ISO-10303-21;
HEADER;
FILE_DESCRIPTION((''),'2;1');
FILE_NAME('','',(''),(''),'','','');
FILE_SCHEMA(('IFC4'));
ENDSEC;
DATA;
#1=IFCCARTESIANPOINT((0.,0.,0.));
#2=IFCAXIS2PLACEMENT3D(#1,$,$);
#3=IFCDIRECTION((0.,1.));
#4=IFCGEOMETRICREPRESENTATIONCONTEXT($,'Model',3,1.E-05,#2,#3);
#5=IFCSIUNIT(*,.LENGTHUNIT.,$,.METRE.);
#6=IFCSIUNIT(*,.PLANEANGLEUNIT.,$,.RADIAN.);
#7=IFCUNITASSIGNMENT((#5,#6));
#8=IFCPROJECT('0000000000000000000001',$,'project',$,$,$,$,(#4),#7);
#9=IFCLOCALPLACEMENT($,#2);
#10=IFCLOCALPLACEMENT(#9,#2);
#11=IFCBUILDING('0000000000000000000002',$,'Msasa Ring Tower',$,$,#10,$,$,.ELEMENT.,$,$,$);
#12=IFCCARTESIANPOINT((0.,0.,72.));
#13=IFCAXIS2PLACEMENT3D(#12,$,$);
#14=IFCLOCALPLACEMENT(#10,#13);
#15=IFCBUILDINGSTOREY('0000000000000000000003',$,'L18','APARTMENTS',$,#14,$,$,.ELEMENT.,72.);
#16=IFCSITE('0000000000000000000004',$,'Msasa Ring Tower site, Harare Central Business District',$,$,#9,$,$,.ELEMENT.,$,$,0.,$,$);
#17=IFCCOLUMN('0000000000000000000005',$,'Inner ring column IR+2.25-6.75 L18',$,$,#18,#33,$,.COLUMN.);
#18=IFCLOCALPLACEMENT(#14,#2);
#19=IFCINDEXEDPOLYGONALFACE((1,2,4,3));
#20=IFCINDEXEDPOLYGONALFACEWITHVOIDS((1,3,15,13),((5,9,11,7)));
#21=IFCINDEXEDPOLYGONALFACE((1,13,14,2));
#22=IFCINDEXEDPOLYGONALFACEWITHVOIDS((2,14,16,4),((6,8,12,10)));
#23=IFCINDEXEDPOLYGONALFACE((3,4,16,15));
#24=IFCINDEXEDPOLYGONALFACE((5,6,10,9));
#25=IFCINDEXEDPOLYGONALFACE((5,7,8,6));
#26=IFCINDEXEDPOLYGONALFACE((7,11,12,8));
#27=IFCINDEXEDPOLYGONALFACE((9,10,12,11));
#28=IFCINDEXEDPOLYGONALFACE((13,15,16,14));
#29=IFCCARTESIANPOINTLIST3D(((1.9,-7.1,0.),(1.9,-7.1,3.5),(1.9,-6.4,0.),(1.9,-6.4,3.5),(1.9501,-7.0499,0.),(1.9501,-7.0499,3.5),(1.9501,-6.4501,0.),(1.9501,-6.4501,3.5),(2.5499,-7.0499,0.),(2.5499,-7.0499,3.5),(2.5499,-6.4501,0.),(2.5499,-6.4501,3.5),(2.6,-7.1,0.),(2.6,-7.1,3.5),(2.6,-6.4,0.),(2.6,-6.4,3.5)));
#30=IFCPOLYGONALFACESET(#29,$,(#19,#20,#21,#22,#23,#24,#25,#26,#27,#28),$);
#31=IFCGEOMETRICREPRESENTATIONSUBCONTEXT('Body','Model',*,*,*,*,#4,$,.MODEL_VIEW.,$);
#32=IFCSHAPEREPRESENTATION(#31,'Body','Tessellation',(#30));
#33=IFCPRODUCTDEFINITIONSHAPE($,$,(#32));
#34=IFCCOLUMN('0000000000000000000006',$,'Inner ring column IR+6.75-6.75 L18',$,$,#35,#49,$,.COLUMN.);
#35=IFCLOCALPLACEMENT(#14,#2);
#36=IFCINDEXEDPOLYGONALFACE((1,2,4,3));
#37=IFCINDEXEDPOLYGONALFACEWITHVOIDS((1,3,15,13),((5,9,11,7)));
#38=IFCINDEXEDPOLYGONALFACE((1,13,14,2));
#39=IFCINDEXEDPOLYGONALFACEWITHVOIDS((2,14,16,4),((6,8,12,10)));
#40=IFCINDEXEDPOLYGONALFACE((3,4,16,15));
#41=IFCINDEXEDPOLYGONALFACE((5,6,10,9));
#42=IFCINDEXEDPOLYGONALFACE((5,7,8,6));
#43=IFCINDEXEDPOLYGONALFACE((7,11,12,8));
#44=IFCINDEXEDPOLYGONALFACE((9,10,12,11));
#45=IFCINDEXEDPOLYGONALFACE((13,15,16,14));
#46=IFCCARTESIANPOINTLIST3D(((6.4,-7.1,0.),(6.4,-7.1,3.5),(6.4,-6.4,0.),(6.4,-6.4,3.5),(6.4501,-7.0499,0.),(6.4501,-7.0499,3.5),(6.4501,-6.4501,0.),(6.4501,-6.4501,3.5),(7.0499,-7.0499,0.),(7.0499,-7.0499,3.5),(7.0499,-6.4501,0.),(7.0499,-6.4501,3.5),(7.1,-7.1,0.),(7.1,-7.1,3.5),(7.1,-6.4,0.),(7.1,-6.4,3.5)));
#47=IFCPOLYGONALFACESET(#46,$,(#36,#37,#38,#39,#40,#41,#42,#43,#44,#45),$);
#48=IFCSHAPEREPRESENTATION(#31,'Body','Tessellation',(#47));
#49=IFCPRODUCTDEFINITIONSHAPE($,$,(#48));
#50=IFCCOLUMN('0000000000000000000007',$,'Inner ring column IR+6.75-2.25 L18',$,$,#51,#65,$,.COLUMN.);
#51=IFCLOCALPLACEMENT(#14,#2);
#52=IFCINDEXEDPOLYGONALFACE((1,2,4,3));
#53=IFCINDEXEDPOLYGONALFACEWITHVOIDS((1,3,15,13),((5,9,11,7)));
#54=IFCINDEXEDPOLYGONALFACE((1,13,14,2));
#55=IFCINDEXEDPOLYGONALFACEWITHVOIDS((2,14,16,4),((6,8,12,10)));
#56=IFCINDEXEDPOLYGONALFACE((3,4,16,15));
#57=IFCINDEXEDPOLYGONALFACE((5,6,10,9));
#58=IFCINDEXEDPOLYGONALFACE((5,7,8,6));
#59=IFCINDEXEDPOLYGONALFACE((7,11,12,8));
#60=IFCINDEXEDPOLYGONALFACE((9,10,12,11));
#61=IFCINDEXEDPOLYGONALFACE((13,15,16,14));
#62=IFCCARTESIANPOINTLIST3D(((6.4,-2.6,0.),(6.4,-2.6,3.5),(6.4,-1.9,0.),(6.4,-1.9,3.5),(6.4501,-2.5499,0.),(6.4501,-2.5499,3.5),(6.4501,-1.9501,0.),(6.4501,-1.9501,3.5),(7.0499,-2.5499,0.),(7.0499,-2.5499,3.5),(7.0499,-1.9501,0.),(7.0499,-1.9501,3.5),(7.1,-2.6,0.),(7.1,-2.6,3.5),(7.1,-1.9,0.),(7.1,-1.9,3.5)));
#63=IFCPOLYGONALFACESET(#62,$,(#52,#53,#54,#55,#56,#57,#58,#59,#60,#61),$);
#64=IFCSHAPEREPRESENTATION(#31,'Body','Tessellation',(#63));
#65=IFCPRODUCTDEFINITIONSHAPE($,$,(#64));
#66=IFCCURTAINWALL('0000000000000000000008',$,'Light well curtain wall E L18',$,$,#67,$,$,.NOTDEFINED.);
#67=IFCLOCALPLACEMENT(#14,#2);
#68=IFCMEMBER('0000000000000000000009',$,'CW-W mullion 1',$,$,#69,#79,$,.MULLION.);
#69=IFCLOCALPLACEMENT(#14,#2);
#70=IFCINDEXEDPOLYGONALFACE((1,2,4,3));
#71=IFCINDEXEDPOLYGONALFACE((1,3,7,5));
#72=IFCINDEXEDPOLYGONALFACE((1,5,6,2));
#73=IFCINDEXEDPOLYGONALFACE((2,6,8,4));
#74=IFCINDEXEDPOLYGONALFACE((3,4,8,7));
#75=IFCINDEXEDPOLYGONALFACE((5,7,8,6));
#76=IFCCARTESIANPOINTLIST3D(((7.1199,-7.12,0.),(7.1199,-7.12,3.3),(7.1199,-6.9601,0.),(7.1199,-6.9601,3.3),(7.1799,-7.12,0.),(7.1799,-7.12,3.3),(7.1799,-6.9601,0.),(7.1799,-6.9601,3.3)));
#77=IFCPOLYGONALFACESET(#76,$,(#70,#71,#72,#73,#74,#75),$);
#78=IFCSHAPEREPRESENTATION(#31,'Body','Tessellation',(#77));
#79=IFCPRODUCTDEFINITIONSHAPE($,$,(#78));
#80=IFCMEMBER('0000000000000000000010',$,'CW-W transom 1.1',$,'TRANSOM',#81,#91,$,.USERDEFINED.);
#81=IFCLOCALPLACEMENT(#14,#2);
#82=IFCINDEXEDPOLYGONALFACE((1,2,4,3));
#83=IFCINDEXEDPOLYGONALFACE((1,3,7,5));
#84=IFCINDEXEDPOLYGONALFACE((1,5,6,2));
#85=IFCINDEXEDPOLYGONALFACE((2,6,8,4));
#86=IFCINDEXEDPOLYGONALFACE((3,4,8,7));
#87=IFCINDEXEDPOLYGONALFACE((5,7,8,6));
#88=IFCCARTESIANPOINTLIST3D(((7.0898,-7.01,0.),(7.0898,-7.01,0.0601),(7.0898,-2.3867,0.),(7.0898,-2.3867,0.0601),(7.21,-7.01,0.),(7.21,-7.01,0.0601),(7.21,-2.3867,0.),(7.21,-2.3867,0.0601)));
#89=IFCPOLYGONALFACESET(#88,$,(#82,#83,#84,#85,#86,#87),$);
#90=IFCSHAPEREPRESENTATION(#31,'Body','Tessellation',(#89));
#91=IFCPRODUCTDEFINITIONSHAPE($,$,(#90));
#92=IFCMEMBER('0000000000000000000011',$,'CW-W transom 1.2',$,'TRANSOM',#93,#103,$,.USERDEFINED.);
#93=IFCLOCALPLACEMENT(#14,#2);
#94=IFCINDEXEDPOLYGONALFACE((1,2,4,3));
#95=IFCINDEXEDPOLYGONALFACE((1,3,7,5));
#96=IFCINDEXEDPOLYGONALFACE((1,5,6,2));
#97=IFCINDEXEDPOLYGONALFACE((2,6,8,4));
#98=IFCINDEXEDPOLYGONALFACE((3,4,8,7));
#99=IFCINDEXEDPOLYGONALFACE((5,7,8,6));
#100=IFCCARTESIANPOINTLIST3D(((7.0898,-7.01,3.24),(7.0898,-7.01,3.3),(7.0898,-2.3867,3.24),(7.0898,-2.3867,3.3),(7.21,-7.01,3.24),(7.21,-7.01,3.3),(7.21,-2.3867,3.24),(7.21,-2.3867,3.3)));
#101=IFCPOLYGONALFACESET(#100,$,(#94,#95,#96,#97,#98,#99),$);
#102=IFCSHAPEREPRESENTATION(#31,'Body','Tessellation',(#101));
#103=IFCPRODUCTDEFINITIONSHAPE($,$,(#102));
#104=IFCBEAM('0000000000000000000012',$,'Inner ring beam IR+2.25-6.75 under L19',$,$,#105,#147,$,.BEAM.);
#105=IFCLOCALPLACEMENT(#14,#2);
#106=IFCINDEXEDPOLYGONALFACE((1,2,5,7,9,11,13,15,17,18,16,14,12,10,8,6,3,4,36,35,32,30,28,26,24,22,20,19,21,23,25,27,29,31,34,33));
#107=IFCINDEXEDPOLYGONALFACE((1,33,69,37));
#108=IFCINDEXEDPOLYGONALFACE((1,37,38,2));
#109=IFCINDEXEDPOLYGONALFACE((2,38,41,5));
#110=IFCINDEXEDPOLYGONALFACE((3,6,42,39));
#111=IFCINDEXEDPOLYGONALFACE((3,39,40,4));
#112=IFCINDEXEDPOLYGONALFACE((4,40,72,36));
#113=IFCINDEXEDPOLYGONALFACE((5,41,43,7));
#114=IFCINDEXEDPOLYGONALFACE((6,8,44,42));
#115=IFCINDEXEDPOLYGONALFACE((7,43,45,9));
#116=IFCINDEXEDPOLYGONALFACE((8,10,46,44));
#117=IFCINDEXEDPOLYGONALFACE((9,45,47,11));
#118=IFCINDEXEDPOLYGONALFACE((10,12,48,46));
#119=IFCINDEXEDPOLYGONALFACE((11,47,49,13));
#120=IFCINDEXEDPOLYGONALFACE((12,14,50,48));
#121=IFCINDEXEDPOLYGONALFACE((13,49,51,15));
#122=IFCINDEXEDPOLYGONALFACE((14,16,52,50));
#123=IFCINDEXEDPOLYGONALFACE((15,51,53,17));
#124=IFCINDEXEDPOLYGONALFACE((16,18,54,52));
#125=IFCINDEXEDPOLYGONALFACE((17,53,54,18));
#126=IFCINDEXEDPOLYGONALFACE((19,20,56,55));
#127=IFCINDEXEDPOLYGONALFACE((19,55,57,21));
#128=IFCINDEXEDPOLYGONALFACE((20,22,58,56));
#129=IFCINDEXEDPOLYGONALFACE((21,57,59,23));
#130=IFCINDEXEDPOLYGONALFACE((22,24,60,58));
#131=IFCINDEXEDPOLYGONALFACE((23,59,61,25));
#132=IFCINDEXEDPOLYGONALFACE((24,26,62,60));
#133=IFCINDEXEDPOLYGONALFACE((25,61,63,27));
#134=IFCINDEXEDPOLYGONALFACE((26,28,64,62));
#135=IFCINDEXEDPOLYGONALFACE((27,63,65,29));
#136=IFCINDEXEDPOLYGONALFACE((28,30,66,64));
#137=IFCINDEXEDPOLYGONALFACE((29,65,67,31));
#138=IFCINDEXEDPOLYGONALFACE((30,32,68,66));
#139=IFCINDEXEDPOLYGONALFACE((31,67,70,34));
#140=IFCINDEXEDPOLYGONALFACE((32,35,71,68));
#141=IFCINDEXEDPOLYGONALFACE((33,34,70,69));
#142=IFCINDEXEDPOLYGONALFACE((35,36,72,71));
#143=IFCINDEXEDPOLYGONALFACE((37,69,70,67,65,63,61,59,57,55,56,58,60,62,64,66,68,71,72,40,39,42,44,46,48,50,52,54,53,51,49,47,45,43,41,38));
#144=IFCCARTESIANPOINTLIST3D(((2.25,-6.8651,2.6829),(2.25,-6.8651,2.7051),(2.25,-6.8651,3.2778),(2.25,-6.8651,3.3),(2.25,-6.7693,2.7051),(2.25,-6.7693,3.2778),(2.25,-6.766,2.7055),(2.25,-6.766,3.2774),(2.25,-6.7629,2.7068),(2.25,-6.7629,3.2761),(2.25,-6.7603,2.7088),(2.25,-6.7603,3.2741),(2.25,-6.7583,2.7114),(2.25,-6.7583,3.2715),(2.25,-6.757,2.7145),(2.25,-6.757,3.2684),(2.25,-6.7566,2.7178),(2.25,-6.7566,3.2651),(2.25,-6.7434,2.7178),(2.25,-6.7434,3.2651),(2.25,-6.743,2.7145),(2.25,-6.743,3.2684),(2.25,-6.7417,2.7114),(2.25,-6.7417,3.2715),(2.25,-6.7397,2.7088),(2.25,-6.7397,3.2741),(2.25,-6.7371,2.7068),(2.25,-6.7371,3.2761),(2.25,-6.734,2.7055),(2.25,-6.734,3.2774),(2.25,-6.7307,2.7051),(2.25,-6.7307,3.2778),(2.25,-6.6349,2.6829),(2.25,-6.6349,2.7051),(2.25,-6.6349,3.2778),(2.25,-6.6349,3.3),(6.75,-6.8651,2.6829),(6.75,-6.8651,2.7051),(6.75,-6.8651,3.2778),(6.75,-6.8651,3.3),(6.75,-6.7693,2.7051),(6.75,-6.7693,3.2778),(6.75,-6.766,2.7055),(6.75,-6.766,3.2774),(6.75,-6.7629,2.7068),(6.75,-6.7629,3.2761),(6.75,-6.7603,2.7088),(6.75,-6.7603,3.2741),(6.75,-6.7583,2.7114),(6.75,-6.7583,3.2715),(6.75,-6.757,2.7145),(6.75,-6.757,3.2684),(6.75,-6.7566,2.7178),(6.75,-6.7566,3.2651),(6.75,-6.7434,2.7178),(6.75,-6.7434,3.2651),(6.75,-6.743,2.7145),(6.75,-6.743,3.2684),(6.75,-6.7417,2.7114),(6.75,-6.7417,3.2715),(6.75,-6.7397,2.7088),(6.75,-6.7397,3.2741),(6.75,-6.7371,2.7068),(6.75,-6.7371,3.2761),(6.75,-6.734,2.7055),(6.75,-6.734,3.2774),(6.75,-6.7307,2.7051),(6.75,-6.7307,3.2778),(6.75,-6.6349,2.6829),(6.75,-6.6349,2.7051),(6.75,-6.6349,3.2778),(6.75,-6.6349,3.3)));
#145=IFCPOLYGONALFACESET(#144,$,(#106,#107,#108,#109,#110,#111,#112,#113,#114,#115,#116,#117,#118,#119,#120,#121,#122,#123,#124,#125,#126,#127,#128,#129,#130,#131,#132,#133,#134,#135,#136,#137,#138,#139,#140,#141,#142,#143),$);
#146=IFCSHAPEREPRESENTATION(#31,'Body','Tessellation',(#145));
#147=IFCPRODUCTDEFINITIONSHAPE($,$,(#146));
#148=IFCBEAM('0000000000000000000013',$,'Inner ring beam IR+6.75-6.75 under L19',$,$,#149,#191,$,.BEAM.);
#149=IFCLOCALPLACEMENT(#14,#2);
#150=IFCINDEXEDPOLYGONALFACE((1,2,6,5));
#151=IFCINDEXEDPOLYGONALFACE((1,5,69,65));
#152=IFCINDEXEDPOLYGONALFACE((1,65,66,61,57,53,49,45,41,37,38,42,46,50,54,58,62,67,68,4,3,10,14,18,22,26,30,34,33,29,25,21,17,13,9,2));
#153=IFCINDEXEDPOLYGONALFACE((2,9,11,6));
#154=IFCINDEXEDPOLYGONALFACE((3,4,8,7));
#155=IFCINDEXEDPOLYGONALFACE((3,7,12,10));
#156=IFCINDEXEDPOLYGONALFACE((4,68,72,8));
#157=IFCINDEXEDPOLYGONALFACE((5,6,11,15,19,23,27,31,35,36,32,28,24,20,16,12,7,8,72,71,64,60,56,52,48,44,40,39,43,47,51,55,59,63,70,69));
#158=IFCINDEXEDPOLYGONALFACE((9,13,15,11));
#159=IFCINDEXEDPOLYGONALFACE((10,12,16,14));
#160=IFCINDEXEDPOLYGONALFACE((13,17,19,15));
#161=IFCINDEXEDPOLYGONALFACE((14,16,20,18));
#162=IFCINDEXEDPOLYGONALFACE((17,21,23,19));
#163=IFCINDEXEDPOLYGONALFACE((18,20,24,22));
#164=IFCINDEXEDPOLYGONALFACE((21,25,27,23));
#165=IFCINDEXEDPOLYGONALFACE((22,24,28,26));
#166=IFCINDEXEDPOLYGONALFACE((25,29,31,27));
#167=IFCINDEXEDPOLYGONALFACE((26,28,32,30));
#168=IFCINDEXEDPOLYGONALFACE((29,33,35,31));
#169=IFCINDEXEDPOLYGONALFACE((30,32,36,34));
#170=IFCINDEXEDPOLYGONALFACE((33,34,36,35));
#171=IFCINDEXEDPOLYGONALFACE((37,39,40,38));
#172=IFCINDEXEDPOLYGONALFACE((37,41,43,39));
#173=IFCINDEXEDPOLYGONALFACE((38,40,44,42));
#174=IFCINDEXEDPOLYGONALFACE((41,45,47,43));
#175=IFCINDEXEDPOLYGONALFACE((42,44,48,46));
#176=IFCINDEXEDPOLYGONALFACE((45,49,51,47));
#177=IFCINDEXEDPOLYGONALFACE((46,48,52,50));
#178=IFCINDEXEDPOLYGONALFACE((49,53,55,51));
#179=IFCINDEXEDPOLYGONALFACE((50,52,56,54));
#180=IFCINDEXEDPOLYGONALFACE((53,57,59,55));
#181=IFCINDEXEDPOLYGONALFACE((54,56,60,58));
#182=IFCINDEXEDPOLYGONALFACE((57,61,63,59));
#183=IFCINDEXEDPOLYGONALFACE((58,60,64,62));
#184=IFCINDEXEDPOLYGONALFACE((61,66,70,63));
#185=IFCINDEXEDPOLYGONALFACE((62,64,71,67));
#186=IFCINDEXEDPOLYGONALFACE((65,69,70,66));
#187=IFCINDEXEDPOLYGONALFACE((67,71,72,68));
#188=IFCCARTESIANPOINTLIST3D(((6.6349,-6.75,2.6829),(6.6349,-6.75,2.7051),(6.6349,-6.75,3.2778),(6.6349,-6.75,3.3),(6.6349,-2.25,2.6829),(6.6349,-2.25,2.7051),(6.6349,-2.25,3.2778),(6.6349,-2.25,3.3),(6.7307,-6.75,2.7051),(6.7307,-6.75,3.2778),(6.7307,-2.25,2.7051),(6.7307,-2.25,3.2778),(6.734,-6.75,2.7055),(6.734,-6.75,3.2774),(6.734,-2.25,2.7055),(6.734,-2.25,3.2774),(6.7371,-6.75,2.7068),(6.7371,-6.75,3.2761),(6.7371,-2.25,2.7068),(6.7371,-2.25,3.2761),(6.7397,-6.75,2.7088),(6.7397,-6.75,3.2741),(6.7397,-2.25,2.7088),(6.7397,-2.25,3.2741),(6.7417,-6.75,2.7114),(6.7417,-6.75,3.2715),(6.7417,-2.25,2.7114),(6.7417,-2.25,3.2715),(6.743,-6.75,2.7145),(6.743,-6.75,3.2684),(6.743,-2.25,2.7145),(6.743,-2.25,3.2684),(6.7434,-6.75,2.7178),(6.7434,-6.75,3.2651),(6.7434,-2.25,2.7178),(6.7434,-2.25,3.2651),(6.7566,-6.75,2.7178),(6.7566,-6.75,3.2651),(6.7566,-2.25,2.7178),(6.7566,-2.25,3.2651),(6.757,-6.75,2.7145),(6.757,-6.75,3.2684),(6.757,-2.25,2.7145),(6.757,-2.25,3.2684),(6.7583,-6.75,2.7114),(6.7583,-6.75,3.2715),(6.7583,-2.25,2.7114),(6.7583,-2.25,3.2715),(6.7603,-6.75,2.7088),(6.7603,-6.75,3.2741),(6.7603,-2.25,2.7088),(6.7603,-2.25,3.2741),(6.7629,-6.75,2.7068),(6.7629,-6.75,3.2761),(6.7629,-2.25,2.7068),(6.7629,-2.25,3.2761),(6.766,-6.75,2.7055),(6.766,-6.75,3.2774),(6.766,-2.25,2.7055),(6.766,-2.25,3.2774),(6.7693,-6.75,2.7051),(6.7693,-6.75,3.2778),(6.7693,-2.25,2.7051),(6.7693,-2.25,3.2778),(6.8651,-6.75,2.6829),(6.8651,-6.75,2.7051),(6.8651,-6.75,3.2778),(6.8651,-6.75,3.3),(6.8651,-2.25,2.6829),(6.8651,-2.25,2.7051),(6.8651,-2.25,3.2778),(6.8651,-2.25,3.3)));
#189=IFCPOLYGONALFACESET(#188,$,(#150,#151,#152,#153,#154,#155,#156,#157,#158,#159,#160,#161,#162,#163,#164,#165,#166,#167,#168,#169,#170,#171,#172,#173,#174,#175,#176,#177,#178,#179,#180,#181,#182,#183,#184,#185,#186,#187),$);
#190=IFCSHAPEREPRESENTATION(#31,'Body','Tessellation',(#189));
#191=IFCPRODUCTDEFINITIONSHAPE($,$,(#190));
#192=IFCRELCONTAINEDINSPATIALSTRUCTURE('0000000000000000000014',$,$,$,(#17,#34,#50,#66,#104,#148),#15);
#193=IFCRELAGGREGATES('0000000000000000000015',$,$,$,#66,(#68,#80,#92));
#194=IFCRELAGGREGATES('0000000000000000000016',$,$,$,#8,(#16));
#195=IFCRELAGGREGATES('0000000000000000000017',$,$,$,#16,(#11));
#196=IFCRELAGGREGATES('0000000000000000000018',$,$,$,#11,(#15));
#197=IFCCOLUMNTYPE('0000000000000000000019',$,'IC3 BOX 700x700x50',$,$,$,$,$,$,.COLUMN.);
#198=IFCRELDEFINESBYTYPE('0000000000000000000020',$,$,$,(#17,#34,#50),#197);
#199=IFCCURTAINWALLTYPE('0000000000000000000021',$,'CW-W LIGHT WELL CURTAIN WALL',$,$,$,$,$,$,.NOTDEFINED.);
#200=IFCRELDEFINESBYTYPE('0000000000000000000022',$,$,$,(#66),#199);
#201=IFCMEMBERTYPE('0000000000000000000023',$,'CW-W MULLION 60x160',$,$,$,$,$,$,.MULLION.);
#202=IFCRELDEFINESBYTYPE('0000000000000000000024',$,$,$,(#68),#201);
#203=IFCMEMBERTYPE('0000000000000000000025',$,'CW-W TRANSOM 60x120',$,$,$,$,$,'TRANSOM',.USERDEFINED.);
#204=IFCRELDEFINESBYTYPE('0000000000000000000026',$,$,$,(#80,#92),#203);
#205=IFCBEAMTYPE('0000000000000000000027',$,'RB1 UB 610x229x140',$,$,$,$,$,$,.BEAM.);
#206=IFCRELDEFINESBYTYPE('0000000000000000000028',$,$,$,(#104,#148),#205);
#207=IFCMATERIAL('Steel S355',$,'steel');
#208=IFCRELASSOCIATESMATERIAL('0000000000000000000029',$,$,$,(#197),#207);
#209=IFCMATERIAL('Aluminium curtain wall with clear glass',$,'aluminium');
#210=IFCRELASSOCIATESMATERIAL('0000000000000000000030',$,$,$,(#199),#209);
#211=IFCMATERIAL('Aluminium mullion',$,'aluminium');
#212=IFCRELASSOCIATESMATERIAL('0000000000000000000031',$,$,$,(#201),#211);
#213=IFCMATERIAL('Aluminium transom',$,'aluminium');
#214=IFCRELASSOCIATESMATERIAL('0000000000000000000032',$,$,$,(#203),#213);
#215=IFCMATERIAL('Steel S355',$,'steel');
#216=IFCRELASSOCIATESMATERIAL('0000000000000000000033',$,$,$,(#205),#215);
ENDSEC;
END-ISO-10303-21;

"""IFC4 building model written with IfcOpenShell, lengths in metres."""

from ifc_helpers import new_model, si_unit, direction, frame, origin, origin_2d, place, context, subcontext, project, spatial, rectangle, hollow_rectangle, i_section, extrude, material, material_profile, profile_set, type_object, element, aggregate, save


model = new_model("IFC4")

# Units and contexts
model_context = context("Model", 3, precision=1e-05, world=origin(), true_north=direction((0.0, 1.0)))
body_context = subcontext(model_context, "Body", "Model", "MODEL_VIEW")
ifc_project = project(units=[si_unit("LENGTHUNIT", "METRE"), si_unit("PLANEANGLEUNIT", "RADIAN")], contexts=[model_context])

# Site, building, storey
site_placement = place(None, origin())
site = spatial("IfcSite", under=ifc_project, at=site_placement, Name="Msasa Ring Tower site, Harare Central Business District", CompositionType="ELEMENT", RefElevation=0.0)
building_placement = place(site_placement, origin())
building = spatial("IfcBuilding", under=site, at=building_placement, Name="Msasa Ring Tower", CompositionType="ELEMENT")
storey_placement = place(building_placement, frame((0.0, 0.0, 72.0)))
storey = spatial("IfcBuildingStorey", under=building, at=storey_placement, Name="L18", Description="APARTMENTS", CompositionType="ELEMENT", Elevation=72.0)

# Columns
ifc_material_1 = material(Name="Steel S355", Category="steel")
ifc_material_profile_1 = material_profile(ifc_material_1, hollow_rectangle(XDim=0.7, YDim=0.7, WallThickness=0.05, at=origin_2d()), Name="BOX 700x700x50")
ifc_profile_set_1 = profile_set([ifc_material_profile_1], Name="Steel S355")
column_type = type_object("IfcColumnType", Name="IC3 BOX 700x700x50", PredefinedType="COLUMN", material=ifc_profile_set_1)
for number, where, z_axis, x_axis, name in (
    (1, (2.25, -6.75, 0.0), (0.0, 0.0, 1.0), (1.0, 0.0, 0.0), "Inner ring column IR+2.25-6.75 L18"),
    (2, (6.75, -6.75, 0.0), (0.0, 0.0, 1.0), (1.0, 0.0, 0.0), "Inner ring column IR+6.75-6.75 L18"),
    (3, (6.75, -2.25, 0.0), (0.0, 0.0, 1.0), (1.0, 0.0, 0.0), "Inner ring column IR+6.75-2.25 L18"),
):
    element("IfcColumn", number, at=place(storey_placement, frame(where, z_axis=z_axis, x_axis=x_axis)), inside=storey, type_object=column_type, Name=name, PredefinedType="COLUMN", context=body_context, shape_type="SweptSolid", body=[
        extrude(hollow_rectangle(XDim=0.7, YDim=0.7, WallThickness=0.05, at=origin_2d()), origin(), (0.0, 0.0, 1.0), 3.5),
    ])

# Curtain wall, members
ifc_material_2 = material(Name="Aluminium curtain wall with clear glass", Category="aluminium")
curtain_wall_type = type_object("IfcCurtainWallType", Name="CW-W LIGHT WELL CURTAIN WALL", PredefinedType="NOTDEFINED", material=ifc_material_2)
curtain_wall_placement = place(storey_placement, origin())
curtain_wall = element("IfcCurtainWall", 4, at=curtain_wall_placement, inside=storey, type_object=curtain_wall_type, Name="Light well curtain wall E L18", PredefinedType="NOTDEFINED")
ifc_material_3 = material(Name="Aluminium mullion", Category="aluminium")
ifc_material_profile_2 = material_profile(ifc_material_3, rectangle(XDim=0.0601, YDim=0.1599, at=origin_2d()), Name="AL 60x160")
ifc_profile_set_2 = profile_set([ifc_material_profile_2], Name="Aluminium mullion")
member_type_1 = type_object("IfcMemberType", Name="CW-W MULLION 60x160", PredefinedType="MULLION", material=ifc_profile_set_2)
member_1_placement = place(storey_placement, frame((7.1499, -7.04, 0.0), z_axis=(0.0, 0.0, 1.0), x_axis=(-1.0, 0.0, 0.0)))
member_1 = element("IfcMember", 5, at=member_1_placement, type_object=member_type_1, Name="CW-W mullion 1", PredefinedType="MULLION", context=body_context, shape_type="SweptSolid", body=[
    extrude(rectangle(XDim=0.0601, YDim=0.1599, at=origin_2d()), origin(), (0.0, 0.0, 1.0), 3.3),
])
ifc_material_4 = material(Name="Aluminium transom", Category="aluminium")
ifc_material_profile_3 = material_profile(ifc_material_4, rectangle(XDim=0.1201, YDim=0.0601, at=origin_2d()), Name="AL 60x120")
ifc_profile_set_3 = profile_set([ifc_material_profile_3], Name="Aluminium transom")
member_type_2 = type_object("IfcMemberType", Name="CW-W TRANSOM 60x120", ElementType="TRANSOM", PredefinedType="USERDEFINED", material=ifc_profile_set_3)
member_2_placement = place(storey_placement, frame((7.1499, -7.01, 0.03), z_axis=(0.0, 1.0, 0.0), x_axis=(-1.0, 0.0, 0.0)))
member_2 = element("IfcMember", 6, at=member_2_placement, type_object=member_type_2, Name="CW-W transom 1.1", ObjectType="TRANSOM", PredefinedType="USERDEFINED", context=body_context, shape_type="SweptSolid", body=[
    extrude(rectangle(XDim=0.1201, YDim=0.0601, at=origin_2d()), origin(), (0.0, 0.0, 1.0), 4.6233),
])
member_3_placement = place(storey_placement, frame((7.1499, -7.01, 3.27), z_axis=(0.0, 1.0, 0.0), x_axis=(-1.0, 0.0, 0.0)))
member_3 = element("IfcMember", 7, at=member_3_placement, type_object=member_type_2, Name="CW-W transom 1.2", ObjectType="TRANSOM", PredefinedType="USERDEFINED", context=body_context, shape_type="SweptSolid", body=[
    extrude(rectangle(XDim=0.1201, YDim=0.0601, at=origin_2d()), origin(), (0.0, 0.0, 1.0), 4.6233),
])
aggregate(curtain_wall, [member_1, member_2, member_3])

# Beams
ifc_material_5 = material(Name="Steel S355", Category="steel")
ifc_material_profile_4 = material_profile(ifc_material_5, i_section(OverallWidth=0.2302, OverallDepth=0.6172, WebThickness=0.0132, FlangeThickness=0.0222, FilletRadius=0.0127, at=origin_2d()), Name="UB 610x229x140")
ifc_profile_set_4 = profile_set([ifc_material_profile_4], Name="Steel S355")
beam_type = type_object("IfcBeamType", Name="RB1 UB 610x229x140", PredefinedType="BEAM", material=ifc_profile_set_4)
for number, where, z_axis, x_axis, name in (
    (8, (2.25, -6.75, 2.9915), (1.0, 0.0, 0.0), (0.0, 1.0, 0.0), "Inner ring beam IR+2.25-6.75 under L19"),
    (9, (6.75, -6.75, 2.9915), (0.0, 1.0, 0.0), (-1.0, 0.0, 0.0), "Inner ring beam IR+6.75-6.75 under L19"),
):
    element("IfcBeam", number, at=place(storey_placement, frame(where, z_axis=z_axis, x_axis=x_axis)), inside=storey, type_object=beam_type, Name=name, PredefinedType="BEAM", context=body_context, shape_type="SweptSolid", body=[
        extrude(i_section(OverallWidth=0.2302, OverallDepth=0.6172, WebThickness=0.0132, FlangeThickness=0.0222, FilletRadius=0.0127, at=origin_2d()), origin(), (0.0, 0.0, 1.0), 4.5),
    ])

save(model, "model.ifc")
